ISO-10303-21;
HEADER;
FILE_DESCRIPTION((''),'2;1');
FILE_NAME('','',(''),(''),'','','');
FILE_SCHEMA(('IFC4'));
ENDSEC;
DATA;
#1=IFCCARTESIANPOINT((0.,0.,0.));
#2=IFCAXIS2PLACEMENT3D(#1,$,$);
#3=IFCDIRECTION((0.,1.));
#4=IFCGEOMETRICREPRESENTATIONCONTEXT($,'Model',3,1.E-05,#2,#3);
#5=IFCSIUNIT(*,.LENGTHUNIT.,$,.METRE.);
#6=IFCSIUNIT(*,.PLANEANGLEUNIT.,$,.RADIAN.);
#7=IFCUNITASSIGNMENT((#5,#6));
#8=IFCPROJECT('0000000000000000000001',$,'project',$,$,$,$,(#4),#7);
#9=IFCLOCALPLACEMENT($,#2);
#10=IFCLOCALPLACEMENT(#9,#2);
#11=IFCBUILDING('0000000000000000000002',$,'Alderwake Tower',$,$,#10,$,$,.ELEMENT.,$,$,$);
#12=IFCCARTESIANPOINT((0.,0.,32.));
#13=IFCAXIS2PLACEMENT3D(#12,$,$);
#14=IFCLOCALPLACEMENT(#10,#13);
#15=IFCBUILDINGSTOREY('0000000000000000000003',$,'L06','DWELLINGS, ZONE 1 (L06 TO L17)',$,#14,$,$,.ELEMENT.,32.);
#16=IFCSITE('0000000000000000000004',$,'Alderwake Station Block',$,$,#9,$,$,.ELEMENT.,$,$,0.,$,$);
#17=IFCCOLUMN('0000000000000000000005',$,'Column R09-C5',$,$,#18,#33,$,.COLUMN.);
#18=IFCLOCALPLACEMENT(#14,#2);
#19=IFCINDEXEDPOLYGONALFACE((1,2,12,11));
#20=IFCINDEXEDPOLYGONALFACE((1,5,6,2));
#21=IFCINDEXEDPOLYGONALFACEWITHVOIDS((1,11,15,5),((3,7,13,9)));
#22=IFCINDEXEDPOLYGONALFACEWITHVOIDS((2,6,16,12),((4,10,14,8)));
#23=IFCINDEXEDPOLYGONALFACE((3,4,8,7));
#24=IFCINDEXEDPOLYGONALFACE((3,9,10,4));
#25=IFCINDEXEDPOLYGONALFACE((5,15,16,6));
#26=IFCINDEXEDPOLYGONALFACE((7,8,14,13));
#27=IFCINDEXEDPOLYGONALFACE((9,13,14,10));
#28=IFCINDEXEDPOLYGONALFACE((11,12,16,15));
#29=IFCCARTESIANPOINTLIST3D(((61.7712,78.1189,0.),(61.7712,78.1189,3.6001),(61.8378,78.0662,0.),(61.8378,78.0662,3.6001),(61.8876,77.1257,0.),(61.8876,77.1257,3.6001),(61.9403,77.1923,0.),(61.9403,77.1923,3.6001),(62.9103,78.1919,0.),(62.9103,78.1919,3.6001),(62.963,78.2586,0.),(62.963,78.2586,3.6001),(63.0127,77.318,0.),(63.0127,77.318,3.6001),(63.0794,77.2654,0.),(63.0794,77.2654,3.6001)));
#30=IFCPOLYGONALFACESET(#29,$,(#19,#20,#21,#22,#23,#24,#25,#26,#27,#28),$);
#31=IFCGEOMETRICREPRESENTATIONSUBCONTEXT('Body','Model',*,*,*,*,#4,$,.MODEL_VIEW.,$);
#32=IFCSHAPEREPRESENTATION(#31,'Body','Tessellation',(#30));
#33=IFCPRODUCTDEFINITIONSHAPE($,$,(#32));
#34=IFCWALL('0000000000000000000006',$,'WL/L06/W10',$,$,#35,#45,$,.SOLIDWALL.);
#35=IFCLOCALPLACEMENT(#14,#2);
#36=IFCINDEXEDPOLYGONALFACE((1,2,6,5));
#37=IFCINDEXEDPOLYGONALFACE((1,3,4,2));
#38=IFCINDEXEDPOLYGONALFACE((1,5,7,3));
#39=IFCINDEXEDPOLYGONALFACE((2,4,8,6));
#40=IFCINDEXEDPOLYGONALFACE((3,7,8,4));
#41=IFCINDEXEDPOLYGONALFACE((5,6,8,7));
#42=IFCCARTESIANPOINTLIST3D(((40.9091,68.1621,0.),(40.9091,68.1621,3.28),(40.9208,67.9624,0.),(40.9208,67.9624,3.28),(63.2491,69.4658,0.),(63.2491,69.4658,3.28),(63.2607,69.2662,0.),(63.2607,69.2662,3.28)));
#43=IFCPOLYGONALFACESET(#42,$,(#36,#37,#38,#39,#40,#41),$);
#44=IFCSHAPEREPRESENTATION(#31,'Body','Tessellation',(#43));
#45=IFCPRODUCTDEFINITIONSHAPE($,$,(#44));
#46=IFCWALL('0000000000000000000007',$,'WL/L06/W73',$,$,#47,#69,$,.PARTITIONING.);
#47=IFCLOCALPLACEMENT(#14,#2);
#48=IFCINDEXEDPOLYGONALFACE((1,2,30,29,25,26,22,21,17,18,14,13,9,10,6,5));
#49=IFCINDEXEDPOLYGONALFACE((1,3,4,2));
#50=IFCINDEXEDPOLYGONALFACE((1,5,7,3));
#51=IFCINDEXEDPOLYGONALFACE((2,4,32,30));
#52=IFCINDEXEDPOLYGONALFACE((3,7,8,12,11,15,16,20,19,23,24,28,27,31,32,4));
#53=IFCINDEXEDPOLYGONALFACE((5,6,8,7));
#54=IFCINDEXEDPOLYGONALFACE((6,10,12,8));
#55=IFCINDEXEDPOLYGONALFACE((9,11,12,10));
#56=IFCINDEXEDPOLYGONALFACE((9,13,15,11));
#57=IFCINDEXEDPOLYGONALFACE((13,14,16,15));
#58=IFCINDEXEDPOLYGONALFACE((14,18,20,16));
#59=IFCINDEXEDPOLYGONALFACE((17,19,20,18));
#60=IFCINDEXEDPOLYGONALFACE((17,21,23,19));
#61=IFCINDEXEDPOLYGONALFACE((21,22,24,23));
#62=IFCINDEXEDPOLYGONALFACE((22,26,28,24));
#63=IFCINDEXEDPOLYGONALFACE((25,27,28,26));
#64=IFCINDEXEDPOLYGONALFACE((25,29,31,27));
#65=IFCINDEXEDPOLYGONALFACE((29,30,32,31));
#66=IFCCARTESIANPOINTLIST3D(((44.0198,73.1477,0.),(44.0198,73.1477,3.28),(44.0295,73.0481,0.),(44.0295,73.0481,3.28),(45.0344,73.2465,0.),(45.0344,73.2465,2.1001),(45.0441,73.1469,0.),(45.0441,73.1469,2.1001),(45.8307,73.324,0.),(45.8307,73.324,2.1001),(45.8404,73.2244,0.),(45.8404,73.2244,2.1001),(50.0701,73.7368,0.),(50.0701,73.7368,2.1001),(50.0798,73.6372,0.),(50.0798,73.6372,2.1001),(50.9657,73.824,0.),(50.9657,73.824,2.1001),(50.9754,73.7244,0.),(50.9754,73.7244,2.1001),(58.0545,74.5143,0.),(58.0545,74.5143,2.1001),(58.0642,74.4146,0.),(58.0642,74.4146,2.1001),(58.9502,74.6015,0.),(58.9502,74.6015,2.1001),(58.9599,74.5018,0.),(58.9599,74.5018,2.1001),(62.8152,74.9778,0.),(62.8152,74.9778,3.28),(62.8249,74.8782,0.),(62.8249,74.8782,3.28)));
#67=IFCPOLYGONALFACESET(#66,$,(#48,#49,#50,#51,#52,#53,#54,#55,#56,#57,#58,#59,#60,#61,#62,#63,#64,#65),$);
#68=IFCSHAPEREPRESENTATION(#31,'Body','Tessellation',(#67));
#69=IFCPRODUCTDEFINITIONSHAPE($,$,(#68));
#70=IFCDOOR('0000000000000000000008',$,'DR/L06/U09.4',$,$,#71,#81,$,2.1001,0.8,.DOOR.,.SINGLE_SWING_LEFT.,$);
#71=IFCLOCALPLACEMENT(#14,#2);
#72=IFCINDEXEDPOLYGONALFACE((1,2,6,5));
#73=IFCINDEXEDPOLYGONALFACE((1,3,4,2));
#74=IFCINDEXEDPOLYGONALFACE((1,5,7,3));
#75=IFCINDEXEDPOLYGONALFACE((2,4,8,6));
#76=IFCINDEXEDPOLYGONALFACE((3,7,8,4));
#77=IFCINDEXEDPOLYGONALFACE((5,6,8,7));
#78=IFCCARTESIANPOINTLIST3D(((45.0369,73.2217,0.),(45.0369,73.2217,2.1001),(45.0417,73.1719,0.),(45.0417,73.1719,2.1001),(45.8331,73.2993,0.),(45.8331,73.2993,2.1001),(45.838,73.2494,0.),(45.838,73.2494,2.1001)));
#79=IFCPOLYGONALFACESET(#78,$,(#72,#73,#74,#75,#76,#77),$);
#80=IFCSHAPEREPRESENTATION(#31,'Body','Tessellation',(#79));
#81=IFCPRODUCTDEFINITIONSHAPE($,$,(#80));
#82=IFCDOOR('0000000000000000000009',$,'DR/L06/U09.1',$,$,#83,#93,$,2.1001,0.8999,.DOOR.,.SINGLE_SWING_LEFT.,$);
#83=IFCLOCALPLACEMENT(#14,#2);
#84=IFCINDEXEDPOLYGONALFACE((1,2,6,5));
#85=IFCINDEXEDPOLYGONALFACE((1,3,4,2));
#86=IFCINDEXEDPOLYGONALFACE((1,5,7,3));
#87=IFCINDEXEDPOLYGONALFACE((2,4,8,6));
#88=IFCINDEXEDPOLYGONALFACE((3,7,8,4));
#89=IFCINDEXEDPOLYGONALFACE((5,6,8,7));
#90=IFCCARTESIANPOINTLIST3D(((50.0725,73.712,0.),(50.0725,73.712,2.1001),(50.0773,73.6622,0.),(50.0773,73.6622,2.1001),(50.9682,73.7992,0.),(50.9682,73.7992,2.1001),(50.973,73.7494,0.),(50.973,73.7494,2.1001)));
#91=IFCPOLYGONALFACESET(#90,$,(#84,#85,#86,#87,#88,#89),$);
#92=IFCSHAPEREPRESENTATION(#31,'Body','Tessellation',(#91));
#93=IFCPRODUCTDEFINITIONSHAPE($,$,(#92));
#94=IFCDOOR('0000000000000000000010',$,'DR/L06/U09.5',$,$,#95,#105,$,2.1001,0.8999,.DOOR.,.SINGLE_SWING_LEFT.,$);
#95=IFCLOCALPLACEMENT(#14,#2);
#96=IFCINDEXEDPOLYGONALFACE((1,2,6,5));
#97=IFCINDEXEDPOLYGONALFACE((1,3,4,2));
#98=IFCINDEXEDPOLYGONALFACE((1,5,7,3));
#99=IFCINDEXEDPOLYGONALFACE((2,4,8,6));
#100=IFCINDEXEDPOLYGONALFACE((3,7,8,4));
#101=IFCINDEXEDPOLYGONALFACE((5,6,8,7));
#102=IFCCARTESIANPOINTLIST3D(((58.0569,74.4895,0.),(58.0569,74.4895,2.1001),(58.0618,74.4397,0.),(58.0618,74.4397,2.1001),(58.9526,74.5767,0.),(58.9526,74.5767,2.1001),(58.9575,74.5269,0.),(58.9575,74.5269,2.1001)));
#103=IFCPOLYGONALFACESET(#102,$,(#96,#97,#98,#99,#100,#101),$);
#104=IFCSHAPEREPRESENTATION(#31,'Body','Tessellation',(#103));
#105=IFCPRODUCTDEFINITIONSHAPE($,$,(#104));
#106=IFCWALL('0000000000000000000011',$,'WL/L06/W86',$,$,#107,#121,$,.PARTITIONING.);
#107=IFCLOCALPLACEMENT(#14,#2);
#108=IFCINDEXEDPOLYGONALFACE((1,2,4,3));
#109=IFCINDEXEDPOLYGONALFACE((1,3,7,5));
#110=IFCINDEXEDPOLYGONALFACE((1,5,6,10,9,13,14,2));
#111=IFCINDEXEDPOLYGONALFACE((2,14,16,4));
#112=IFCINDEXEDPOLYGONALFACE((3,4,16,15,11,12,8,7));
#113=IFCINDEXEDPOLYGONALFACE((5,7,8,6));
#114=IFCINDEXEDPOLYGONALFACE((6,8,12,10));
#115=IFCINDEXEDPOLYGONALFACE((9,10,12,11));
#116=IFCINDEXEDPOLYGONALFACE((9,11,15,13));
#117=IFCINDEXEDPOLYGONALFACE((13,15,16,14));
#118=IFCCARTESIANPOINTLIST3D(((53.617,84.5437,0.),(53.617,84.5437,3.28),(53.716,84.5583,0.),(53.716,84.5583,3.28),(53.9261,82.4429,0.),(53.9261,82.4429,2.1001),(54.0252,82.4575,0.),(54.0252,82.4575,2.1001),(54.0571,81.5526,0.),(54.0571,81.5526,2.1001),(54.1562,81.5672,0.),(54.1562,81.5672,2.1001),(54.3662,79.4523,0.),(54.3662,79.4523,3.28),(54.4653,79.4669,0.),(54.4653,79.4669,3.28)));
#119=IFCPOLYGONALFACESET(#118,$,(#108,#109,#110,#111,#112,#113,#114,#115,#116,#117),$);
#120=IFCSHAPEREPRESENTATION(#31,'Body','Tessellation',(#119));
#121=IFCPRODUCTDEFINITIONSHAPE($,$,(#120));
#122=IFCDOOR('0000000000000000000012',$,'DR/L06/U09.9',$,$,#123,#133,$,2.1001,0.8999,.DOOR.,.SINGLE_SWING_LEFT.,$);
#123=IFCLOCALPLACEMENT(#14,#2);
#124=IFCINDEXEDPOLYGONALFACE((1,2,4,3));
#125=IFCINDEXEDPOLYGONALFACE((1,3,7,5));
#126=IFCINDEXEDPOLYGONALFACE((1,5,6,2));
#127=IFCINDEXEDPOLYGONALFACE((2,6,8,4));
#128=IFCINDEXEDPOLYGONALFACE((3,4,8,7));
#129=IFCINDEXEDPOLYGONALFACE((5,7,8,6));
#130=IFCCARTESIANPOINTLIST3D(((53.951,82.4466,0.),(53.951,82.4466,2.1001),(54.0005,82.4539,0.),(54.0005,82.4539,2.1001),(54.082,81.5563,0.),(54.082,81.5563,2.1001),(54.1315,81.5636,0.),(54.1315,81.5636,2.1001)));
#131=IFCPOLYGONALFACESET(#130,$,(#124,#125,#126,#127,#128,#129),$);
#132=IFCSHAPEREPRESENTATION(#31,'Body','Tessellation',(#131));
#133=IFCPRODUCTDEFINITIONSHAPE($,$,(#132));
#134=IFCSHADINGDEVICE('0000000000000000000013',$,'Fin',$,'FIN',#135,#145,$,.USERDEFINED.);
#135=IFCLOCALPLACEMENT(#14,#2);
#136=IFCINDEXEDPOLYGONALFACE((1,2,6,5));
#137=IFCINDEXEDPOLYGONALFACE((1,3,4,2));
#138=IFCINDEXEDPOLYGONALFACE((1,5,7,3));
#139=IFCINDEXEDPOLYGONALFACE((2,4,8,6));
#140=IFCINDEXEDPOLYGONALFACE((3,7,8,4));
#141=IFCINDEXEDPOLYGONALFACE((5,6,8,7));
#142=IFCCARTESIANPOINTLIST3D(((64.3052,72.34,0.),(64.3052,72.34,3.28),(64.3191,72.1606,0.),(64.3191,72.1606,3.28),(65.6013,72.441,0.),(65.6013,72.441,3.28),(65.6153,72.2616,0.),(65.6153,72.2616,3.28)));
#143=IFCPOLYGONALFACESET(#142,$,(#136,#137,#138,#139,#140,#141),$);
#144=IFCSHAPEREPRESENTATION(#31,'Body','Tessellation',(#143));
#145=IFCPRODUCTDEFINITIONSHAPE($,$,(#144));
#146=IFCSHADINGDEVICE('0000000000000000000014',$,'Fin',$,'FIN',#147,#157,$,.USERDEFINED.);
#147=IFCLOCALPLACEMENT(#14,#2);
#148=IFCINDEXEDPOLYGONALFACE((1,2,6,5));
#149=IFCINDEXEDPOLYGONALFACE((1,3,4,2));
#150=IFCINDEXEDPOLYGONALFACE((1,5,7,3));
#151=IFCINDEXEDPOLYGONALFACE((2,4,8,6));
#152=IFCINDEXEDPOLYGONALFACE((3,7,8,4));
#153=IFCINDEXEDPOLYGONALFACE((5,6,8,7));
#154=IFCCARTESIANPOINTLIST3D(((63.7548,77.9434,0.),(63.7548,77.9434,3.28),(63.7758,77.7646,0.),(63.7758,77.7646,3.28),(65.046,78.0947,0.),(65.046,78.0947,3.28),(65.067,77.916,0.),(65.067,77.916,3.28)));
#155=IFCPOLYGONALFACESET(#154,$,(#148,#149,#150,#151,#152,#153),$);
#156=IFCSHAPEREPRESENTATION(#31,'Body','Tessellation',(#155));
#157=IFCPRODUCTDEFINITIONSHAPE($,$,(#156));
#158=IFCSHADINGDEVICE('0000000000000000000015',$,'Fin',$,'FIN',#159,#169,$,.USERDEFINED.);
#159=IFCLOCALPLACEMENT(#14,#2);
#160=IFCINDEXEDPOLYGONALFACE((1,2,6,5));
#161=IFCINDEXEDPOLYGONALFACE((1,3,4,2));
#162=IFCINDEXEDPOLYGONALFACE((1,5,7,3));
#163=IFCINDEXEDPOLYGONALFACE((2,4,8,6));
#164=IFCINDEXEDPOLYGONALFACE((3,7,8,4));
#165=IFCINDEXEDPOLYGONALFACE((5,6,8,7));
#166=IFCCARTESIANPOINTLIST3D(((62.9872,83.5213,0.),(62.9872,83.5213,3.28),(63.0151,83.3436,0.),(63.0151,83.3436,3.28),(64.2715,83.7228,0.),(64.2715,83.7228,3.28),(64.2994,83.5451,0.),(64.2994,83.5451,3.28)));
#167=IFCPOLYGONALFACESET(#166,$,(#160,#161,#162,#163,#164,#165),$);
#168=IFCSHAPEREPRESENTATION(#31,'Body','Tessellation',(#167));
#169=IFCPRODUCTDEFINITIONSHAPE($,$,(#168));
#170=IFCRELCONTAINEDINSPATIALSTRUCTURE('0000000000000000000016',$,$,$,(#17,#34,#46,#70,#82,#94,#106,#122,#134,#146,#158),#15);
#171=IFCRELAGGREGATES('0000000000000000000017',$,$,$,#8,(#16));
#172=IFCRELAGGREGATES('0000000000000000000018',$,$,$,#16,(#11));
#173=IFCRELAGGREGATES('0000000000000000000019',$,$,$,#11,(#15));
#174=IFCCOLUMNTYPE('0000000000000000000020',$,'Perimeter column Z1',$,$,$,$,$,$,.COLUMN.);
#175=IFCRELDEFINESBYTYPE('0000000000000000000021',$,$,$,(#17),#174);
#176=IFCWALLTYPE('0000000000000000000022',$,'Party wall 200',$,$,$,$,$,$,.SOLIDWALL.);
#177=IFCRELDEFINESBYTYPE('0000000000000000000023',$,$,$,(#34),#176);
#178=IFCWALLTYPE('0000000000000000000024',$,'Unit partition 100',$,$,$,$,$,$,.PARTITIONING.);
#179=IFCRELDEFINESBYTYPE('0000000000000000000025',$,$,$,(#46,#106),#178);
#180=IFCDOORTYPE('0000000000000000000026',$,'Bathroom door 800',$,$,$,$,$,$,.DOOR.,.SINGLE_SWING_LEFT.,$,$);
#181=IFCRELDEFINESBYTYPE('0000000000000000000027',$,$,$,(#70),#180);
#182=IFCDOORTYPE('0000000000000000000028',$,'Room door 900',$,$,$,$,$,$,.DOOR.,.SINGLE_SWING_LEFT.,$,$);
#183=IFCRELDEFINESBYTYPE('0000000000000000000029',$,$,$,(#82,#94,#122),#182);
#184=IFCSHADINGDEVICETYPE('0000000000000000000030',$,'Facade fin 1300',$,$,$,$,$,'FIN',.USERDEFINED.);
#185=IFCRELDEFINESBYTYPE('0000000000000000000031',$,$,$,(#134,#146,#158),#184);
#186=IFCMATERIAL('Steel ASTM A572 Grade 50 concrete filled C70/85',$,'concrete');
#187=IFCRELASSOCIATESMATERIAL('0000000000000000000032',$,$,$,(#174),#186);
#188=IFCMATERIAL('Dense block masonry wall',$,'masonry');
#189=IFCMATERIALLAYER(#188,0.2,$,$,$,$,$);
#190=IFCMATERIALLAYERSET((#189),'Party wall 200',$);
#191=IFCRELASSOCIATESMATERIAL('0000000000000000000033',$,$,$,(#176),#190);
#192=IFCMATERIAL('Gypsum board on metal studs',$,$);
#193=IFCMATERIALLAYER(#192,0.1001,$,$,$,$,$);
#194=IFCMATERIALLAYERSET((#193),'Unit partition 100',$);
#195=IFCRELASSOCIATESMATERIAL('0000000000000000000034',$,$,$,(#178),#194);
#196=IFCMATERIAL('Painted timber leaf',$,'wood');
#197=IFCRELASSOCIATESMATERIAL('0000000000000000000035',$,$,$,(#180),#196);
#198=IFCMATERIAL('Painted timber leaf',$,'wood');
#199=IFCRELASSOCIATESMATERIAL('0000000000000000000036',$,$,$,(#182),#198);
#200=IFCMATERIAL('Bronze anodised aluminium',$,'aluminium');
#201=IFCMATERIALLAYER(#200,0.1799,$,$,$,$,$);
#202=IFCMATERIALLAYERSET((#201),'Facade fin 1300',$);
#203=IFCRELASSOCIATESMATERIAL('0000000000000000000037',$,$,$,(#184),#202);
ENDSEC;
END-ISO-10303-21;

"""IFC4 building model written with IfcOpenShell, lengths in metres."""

from ifc_helpers import new_model, si_unit, direction, frame, frame_2d, origin, origin_2d, place, context, subcontext, project, spatial, rectangle, hollow_rectangle, extrude, material, layer, layer_set, material_profile, profile_set, type_object, element, fill, save


model = new_model("IFC4")

# Units and contexts
model_context = context("Model", 3, precision=1e-05, world=origin(), true_north=direction((0.0, 1.0)))
body_context = subcontext(model_context, "Body", "Model", "MODEL_VIEW")
ifc_project = project(units=[si_unit("LENGTHUNIT", "METRE"), si_unit("PLANEANGLEUNIT", "RADIAN")], contexts=[model_context])

# Site, building, storey
site_placement = place(None, origin())
site = spatial("IfcSite", under=ifc_project, at=site_placement, Name="Alderwake Station Block", CompositionType="ELEMENT", RefElevation=0.0)
building_placement = place(site_placement, origin())
building = spatial("IfcBuilding", under=site, at=building_placement, Name="Alderwake Tower", CompositionType="ELEMENT")
storey_placement = place(building_placement, frame((0.0, 0.0, 32.0)))
storey = spatial("IfcBuildingStorey", under=building, at=storey_placement, Name="L06", Description="DWELLINGS, ZONE 1 (L06 TO L17)", CompositionType="ELEMENT", Elevation=32.0)

# Column
ifc_material_1 = material(Name="Steel ASTM A572 Grade 50 concrete filled C70/85", Category="concrete")
ifc_material_profile_1 = material_profile(ifc_material_1, hollow_rectangle(XDim=1.0, YDim=1.2, WallThickness=0.0601, at=origin_2d()), Name="BOX 1200X1000X60")
ifc_profile_set_1 = profile_set([ifc_material_profile_1], Name="Steel ASTM A572 Grade 50 concrete filled C70/85")
column_type = type_object("IfcColumnType", Name="Perimeter column Z1", PredefinedType="COLUMN", material=ifc_profile_set_1)
column_placement = place(storey_placement, frame((62.4253, 77.6921, 0.0), z_axis=(0.0, 0.0, 1.0), x_axis=(-0.116402, 0.993202, 0.0)))
element("IfcColumn", 1, at=column_placement, inside=storey, type_object=column_type, Name="Column R09-C5", PredefinedType="COLUMN", context=body_context, shape_type="SweptSolid", body=[
    extrude(hollow_rectangle(XDim=1.0, YDim=1.2, WallThickness=0.0601, at=origin_2d()), origin(), (0.0, 0.0, 1.0), 3.6001),
])

# Wall
ifc_material_2 = material(Name="Dense block masonry wall", Category="masonry")
ifc_layer_1 = layer(ifc_material_2, 0.2)
ifc_layer_set_1 = layer_set([ifc_layer_1], Name="Party wall 200")
wall_type_1 = type_object("IfcWallType", Name="Party wall 200", PredefinedType="SOLIDWALL", material=ifc_layer_set_1)
wall_1_placement = place(storey_placement, frame((63.2549, 69.366, 0.0), z_axis=(0.0, 0.0, 1.0), x_axis=(-0.998302, -0.058259, 0.0)))
element("IfcWall", 2, at=wall_1_placement, inside=storey, type_object=wall_type_1, Name="WL/L06/W10", PredefinedType="SOLIDWALL", context=body_context, shape_type="SweptSolid", body=[
    extrude(rectangle(XDim=22.3779, YDim=0.2, at=frame_2d((11.189, 0.0))), origin(), (0.0, 0.0, 1.0), 3.28),
])

# Wall, openings, doors
ifc_material_3 = material(Name="Gypsum board on metal studs")
ifc_layer_2 = layer(ifc_material_3, 0.1001)
ifc_layer_set_2 = layer_set([ifc_layer_2], Name="Unit partition 100")
wall_type_2 = type_object("IfcWallType", Name="Unit partition 100", PredefinedType="PARTITIONING", material=ifc_layer_set_2)
wall_2_placement = place(storey_placement, frame((62.8201, 74.928, 0.0), z_axis=(0.0, 0.0, 1.0), x_axis=(-0.995293, -0.09691, 0.0)))
wall_2 = element("IfcWall", 3, at=wall_2_placement, inside=storey, type_object=wall_type_2, Name="WL/L06/W73", PredefinedType="PARTITIONING", context=body_context, shape_type="SweptSolid", body=[
    extrude(rectangle(XDim=18.8843, YDim=0.1001, at=frame_2d((9.4421, 0.0))), origin(), (0.0, 0.0, 1.0), 3.28),
])
opening_1_placement = place(wall_2_placement, frame((11.9055, 0.0, 0.0)))
opening_1 = element("IfcOpeningElement", 4, at=opening_1_placement, cuts=wall_2, PredefinedType="OPENING", context=body_context, shape_type="SweptSolid", body=[
    extrude(rectangle(XDim=0.8999, YDim=2.1001, at=frame_2d((0.45, 1.05))), frame((0.0, 0.0601, 0.0), z_axis=(0.0, -1.0, 0.0), x_axis=(1.0, 0.0, 0.0)), (0.0, 0.0, 1.0), 0.1201),
])
opening_2_placement = place(wall_2_placement, frame((17.0649, 0.0, 0.0)))
opening_2 = element("IfcOpeningElement", 5, at=opening_2_placement, cuts=wall_2, PredefinedType="OPENING", context=body_context, shape_type="SweptSolid", body=[
    extrude(rectangle(XDim=0.8, YDim=2.1001, at=frame_2d((0.3999, 1.05))), frame((0.0, 0.0601, 0.0), z_axis=(0.0, -1.0, 0.0), x_axis=(1.0, 0.0, 0.0)), (0.0, 0.0, 1.0), 0.1201),
])
opening_3_placement = place(wall_2_placement, frame((3.8833, 0.0, 0.0)))
opening_3 = element("IfcOpeningElement", 6, at=opening_3_placement, cuts=wall_2, PredefinedType="OPENING", context=body_context, shape_type="SweptSolid", body=[
    extrude(rectangle(XDim=0.8999, YDim=2.1001, at=frame_2d((0.45, 1.05))), frame((0.0, 0.0601, 0.0), z_axis=(0.0, -1.0, 0.0), x_axis=(1.0, 0.0, 0.0)), (0.0, 0.0, 1.0), 0.1201),
])
ifc_material_4 = material(Name="Painted timber leaf", Category="wood")
door_type_1 = type_object("IfcDoorType", Name="Bathroom door 800", OperationType="SINGLE_SWING_LEFT", PredefinedType="DOOR", material=ifc_material_4)
door_1_placement = place(opening_2_placement, origin())
door_1 = element("IfcDoor", 7, at=door_1_placement, inside=storey, type_object=door_type_1, Name="DR/L06/U09.4", OperationType="SINGLE_SWING_LEFT", OverallHeight=2.1001, OverallWidth=0.8, PredefinedType="DOOR", context=body_context, shape_type="SweptSolid", body=[
    extrude(rectangle(XDim=0.8, YDim=2.1001, at=frame_2d((0.3999, 1.05))), frame((0.0, 0.0249, 0.0), z_axis=(0.0, -1.0, 0.0), x_axis=(1.0, 0.0, 0.0)), (0.0, 0.0, 1.0), 0.05),
])
fill(opening_2, door_1)
ifc_material_5 = material(Name="Painted timber leaf", Category="wood")
door_type_2 = type_object("IfcDoorType", Name="Room door 900", OperationType="SINGLE_SWING_LEFT", PredefinedType="DOOR", material=ifc_material_5)
door_2_placement = place(opening_1_placement, origin())
door_2 = element("IfcDoor", 8, at=door_2_placement, inside=storey, type_object=door_type_2, Name="DR/L06/U09.1", OperationType="SINGLE_SWING_LEFT", OverallHeight=2.1001, OverallWidth=0.8999, PredefinedType="DOOR", context=body_context, shape_type="SweptSolid", body=[
    extrude(rectangle(XDim=0.8999, YDim=2.1001, at=frame_2d((0.45, 1.05))), frame((0.0, 0.0249, 0.0), z_axis=(0.0, -1.0, 0.0), x_axis=(1.0, 0.0, 0.0)), (0.0, 0.0, 1.0), 0.05),
])
fill(opening_1, door_2)
door_3_placement = place(opening_3_placement, origin())
door_3 = element("IfcDoor", 9, at=door_3_placement, inside=storey, type_object=door_type_2, Name="DR/L06/U09.5", OperationType="SINGLE_SWING_LEFT", OverallHeight=2.1001, OverallWidth=0.8999, PredefinedType="DOOR", context=body_context, shape_type="SweptSolid", body=[
    extrude(rectangle(XDim=0.8999, YDim=2.1001, at=frame_2d((0.45, 1.05))), frame((0.0, 0.0249, 0.0), z_axis=(0.0, -1.0, 0.0), x_axis=(1.0, 0.0, 0.0)), (0.0, 0.0, 1.0), 0.05),
])
fill(opening_3, door_3)

# Wall, opening, door
wall_3_placement = place(storey_placement, frame((54.4158, 79.4595, 0.0), z_axis=(0.0, 0.0, 1.0), x_axis=(-0.145598, 0.989344, 0.0)))
wall_3 = element("IfcWall", 10, at=wall_3_placement, inside=storey, type_object=wall_type_2, Name="WL/L06/W86", PredefinedType="PARTITIONING", context=body_context, shape_type="SweptSolid", body=[
    extrude(rectangle(XDim=5.1462, YDim=0.1001, at=frame_2d((2.5732, 0.0))), origin(), (0.0, 0.0, 1.0), 3.28),
])
opening_4_placement = place(wall_3_placement, frame((2.123, 0.0, 0.0)))
opening_4 = element("IfcOpeningElement", 11, at=opening_4_placement, cuts=wall_3, PredefinedType="OPENING", context=body_context, shape_type="SweptSolid", body=[
    extrude(rectangle(XDim=0.8999, YDim=2.1001, at=frame_2d((0.45, 1.05))), frame((0.0, 0.0601, 0.0), z_axis=(0.0, -1.0, 0.0), x_axis=(1.0, 0.0, 0.0)), (0.0, 0.0, 1.0), 0.1201),
])
door_4_placement = place(opening_4_placement, origin())
door_4 = element("IfcDoor", 12, at=door_4_placement, inside=storey, type_object=door_type_2, Name="DR/L06/U09.9", OperationType="SINGLE_SWING_LEFT", OverallHeight=2.1001, OverallWidth=0.8999, PredefinedType="DOOR", context=body_context, shape_type="SweptSolid", body=[
    extrude(rectangle(XDim=0.8999, YDim=2.1001, at=frame_2d((0.45, 1.05))), frame((0.0, 0.0249, 0.0), z_axis=(0.0, -1.0, 0.0), x_axis=(1.0, 0.0, 0.0)), (0.0, 0.0, 1.0), 0.05),
])
fill(opening_4, door_4)

# Shading devices
ifc_material_6 = material(Name="Bronze anodised aluminium", Category="aluminium")
ifc_layer_3 = layer(ifc_material_6, 0.1799)
ifc_layer_set_3 = layer_set([ifc_layer_3], Name="Facade fin 1300")
shading_device_type_1 = type_object("IfcShadingDeviceType", Name="Facade fin 1300", ElementType="FIN", PredefinedType="USERDEFINED", material=ifc_layer_set_3)
for number, where, z_axis, x_axis, name in (
    (13, (64.9602, 72.3008, 0.0), (0.0, 0.0, 1.0), (0.996975, 0.077721, 0.0), "Fin"),
    (14, (64.4109, 77.9297, 0.0), (0.0, 0.0, 1.0), (0.993198, 0.116435, 0.0), "Fin"),
    (15, (63.6433, 83.5332, 0.0), (0.0, 0.0, 1.0), (0.987919, 0.154972, 0.0), "Fin"),
):
    element("IfcShadingDevice", number, at=place(storey_placement, frame(where, z_axis=z_axis, x_axis=x_axis)), inside=storey, type_object=shading_device_type_1, Name=name, ObjectType="FIN", PredefinedType="USERDEFINED", context=body_context, shape_type="SweptSolid", body=[
        extrude(rectangle(XDim=1.3, YDim=0.1799, at=origin_2d()), origin(), (0.0, 0.0, 1.0), 3.28),
    ])

save(model, "model.ifc")
